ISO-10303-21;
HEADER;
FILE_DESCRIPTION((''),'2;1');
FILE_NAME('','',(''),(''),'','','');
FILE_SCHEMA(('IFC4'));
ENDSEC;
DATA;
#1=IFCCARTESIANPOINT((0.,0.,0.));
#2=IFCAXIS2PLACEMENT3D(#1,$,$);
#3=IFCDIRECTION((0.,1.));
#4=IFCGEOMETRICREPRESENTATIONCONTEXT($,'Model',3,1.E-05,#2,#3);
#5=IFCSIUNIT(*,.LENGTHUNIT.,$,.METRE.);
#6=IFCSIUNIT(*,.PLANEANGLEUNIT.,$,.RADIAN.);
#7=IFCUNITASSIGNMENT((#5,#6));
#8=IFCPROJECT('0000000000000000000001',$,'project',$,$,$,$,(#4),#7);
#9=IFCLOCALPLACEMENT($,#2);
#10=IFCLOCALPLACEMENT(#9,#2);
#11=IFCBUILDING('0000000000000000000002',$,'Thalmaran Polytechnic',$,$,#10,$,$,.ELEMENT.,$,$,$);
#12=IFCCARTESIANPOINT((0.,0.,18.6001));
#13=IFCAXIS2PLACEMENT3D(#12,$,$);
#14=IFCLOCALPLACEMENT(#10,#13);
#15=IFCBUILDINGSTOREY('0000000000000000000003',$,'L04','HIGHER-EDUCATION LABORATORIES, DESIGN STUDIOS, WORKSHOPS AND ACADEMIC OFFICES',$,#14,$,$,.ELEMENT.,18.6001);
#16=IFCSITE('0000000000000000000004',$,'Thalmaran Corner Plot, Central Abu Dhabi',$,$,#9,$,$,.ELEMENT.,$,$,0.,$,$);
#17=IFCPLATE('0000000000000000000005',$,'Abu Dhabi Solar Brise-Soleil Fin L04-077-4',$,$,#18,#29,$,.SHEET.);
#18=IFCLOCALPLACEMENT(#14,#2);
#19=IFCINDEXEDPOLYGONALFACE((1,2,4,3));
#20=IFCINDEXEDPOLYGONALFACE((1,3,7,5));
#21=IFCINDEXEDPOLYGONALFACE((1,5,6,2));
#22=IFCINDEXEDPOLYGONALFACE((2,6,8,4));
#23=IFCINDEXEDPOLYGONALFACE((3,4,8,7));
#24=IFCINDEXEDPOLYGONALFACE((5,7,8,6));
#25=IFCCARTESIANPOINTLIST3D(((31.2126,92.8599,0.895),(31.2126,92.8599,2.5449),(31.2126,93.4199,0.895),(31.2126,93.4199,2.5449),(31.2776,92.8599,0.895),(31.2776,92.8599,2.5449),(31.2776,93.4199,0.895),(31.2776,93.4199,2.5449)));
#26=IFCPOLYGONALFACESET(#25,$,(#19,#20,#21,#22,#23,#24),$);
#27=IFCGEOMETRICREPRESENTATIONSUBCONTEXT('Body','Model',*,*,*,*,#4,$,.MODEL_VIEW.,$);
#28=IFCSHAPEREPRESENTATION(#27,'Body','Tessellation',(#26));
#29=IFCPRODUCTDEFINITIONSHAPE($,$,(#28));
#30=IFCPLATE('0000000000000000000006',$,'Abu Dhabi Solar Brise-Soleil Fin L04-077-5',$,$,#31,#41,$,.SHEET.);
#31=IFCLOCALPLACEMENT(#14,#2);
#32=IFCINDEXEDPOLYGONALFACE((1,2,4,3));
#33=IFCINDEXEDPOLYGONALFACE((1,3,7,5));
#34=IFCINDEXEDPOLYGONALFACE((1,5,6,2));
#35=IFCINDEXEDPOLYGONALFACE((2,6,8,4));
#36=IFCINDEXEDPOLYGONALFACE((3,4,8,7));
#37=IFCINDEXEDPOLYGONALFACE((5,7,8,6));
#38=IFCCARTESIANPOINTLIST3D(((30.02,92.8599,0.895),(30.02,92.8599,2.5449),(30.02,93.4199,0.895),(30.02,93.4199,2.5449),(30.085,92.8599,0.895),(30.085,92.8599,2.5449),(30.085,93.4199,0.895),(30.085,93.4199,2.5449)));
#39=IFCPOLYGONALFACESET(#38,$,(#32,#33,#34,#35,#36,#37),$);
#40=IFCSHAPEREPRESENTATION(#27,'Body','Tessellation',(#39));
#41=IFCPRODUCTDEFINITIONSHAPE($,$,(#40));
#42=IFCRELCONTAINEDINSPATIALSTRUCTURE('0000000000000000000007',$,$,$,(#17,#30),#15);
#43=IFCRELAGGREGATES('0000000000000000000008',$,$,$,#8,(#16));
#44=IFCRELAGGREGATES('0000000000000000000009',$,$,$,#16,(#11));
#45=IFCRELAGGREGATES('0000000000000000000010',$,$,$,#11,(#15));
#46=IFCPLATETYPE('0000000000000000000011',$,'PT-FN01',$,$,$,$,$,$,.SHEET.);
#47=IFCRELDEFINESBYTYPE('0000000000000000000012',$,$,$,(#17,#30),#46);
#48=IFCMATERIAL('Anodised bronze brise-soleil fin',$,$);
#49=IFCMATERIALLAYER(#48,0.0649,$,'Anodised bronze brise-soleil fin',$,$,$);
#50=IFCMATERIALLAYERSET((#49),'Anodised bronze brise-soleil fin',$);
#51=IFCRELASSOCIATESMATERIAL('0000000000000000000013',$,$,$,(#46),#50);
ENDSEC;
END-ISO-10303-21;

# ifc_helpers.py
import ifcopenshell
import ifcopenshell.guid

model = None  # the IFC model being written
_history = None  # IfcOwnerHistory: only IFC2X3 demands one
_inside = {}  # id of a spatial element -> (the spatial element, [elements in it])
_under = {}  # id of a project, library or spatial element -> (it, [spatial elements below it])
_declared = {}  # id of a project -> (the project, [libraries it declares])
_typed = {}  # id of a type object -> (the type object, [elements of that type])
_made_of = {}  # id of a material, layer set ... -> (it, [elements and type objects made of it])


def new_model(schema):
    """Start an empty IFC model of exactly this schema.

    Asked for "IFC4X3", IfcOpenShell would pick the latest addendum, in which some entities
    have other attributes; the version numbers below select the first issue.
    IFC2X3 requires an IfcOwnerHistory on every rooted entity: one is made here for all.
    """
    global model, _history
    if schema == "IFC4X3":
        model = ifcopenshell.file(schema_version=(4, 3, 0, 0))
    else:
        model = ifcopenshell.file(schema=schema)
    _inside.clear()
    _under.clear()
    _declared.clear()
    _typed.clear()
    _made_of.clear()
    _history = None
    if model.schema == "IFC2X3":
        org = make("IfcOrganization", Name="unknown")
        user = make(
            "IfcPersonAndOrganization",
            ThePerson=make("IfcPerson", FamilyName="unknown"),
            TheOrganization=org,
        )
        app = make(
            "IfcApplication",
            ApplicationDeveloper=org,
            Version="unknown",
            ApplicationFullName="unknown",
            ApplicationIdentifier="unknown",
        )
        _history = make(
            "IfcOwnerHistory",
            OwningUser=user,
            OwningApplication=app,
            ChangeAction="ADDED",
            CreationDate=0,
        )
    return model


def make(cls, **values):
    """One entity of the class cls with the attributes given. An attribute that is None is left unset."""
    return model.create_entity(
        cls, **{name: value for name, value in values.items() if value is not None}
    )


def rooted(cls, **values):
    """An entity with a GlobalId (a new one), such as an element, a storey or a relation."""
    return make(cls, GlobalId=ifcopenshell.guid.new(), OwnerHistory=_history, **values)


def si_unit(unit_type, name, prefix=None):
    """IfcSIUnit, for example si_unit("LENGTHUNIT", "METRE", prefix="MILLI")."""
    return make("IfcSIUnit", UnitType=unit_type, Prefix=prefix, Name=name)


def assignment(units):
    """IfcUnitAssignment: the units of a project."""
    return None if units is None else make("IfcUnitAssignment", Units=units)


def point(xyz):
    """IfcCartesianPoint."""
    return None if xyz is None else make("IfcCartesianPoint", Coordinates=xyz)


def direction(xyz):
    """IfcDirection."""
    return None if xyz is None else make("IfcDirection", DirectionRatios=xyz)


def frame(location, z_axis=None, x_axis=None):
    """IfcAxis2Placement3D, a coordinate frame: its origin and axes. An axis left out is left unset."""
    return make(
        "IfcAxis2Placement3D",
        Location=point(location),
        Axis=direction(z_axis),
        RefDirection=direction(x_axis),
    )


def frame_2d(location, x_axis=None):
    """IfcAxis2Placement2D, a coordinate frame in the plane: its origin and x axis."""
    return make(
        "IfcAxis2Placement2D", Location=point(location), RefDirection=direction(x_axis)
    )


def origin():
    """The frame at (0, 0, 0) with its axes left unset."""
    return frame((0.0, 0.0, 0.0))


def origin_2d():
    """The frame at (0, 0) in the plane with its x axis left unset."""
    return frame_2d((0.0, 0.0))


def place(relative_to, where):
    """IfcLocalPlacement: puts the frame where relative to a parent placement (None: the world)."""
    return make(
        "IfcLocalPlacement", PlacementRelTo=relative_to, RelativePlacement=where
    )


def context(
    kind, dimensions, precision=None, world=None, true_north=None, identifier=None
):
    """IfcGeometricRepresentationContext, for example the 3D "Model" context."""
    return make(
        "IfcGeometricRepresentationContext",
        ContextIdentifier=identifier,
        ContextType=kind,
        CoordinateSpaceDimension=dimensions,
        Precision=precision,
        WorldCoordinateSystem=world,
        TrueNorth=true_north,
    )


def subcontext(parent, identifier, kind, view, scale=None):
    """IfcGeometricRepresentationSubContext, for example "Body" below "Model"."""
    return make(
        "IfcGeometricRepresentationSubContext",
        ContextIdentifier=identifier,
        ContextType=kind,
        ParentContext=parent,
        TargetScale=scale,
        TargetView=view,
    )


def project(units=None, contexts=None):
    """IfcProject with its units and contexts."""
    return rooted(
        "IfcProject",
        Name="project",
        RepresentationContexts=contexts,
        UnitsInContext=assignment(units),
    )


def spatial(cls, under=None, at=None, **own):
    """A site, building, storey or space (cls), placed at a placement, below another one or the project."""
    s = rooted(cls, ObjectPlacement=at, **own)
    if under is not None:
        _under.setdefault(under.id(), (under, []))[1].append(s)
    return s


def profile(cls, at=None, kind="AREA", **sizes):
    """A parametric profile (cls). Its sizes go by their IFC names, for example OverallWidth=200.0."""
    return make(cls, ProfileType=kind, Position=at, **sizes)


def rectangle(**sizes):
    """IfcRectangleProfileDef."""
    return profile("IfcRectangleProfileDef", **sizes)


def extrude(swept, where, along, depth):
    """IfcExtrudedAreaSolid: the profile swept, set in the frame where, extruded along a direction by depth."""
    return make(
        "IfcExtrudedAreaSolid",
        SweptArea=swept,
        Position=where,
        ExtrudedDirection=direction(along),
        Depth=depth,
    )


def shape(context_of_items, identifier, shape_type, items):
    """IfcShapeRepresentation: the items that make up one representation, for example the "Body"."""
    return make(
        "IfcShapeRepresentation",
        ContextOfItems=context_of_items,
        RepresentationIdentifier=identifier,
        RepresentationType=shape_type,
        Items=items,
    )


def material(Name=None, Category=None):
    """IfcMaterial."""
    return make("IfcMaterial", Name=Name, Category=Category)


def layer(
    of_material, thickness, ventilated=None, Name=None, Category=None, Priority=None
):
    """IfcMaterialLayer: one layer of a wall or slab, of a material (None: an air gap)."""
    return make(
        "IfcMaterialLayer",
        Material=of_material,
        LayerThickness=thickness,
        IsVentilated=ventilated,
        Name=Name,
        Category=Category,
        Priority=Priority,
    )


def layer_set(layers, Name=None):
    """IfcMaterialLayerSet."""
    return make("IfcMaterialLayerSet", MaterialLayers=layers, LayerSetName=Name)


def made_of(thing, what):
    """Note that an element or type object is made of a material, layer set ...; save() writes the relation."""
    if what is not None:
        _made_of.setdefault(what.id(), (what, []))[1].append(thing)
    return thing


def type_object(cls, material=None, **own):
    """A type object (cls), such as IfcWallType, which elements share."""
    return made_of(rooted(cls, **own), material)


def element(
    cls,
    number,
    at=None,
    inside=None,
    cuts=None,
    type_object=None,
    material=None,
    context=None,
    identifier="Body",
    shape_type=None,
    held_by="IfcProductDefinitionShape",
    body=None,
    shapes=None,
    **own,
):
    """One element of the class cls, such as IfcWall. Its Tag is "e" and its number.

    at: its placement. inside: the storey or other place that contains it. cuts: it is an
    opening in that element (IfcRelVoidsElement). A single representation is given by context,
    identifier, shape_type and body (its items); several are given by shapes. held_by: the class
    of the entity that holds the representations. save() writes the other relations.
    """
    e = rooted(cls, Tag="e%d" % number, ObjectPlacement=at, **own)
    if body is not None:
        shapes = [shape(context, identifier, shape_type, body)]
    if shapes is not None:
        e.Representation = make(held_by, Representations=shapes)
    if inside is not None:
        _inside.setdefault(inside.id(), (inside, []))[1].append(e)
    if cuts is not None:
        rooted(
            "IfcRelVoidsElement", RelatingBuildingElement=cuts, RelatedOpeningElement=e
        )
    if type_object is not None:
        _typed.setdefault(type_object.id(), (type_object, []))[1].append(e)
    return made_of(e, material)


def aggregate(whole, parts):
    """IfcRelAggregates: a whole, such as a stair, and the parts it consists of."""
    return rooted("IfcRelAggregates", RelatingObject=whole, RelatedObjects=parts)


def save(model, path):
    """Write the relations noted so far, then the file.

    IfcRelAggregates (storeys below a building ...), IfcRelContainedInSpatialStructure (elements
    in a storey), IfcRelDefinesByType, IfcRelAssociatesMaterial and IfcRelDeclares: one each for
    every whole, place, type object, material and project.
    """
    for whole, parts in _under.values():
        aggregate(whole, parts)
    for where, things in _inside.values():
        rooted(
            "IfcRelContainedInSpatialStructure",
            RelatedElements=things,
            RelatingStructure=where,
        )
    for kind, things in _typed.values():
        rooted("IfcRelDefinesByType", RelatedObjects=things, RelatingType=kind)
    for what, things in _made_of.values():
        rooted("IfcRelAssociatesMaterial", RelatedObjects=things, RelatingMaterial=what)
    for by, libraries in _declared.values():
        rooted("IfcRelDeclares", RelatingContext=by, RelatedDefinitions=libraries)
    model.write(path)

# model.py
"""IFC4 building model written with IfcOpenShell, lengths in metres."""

from ifc_helpers import new_model, si_unit, direction, frame, origin, origin_2d, place, context, subcontext, project, spatial, rectangle, extrude, material, layer, layer_set, type_object, element, save


model = new_model("IFC4")

# Units and contexts
model_context = context("Model", 3, precision=1e-05, world=origin(), true_north=direction((0.0, 1.0)))
body_context = subcontext(model_context, "Body", "Model", "MODEL_VIEW")
ifc_project = project(units=[si_unit("LENGTHUNIT", "METRE"), si_unit("PLANEANGLEUNIT", "RADIAN")], contexts=[model_context])

# Site, building, storey
site_placement = place(None, origin())
site = spatial("IfcSite", under=ifc_project, at=site_placement, Name="Thalmaran Corner Plot, Central Abu Dhabi", CompositionType="ELEMENT", RefElevation=0.0)
building_placement = place(site_placement, origin())
building = spatial("IfcBuilding", under=site, at=building_placement, Name="Thalmaran Polytechnic", CompositionType="ELEMENT")
storey_placement = place(building_placement, frame((0.0, 0.0, 18.6001)))
storey = spatial("IfcBuildingStorey", under=building, at=storey_placement, Name="L04", Description="HIGHER-EDUCATION LABORATORIES, DESIGN STUDIOS, WORKSHOPS AND ACADEMIC OFFICES", CompositionType="ELEMENT", Elevation=18.6001)

# Plates
ifc_material_1 = material(Name="Anodised bronze brise-soleil fin")
ifc_layer_1 = layer(ifc_material_1, 0.0649, Name="Anodised bronze brise-soleil fin")
ifc_layer_set_1 = layer_set([ifc_layer_1], Name="Anodised bronze brise-soleil fin")
plate_type_1 = type_object("IfcPlateType", Name="PT-FN01", PredefinedType="SHEET", material=ifc_layer_set_1)
for number, where, z_axis, x_axis, name in (
    (1, (31.2451, 93.1399, 0.895), (0.0, 0.0, 1.0), (-1.0, 0.0, 0.0), "Abu Dhabi Solar Brise-Soleil Fin L04-077-4"),
    (2, (30.0525, 93.1399, 0.895), (0.0, 0.0, 1.0), (-1.0, 0.0, 0.0), "Abu Dhabi Solar Brise-Soleil Fin L04-077-5"),
):
    element("IfcPlate", number, at=place(storey_placement, frame(where, z_axis=z_axis, x_axis=x_axis)), inside=storey, type_object=plate_type_1, Name=name, PredefinedType="SHEET", context=body_context, shape_type="SweptSolid", body=[
        extrude(rectangle(XDim=0.0649, YDim=0.5601, at=origin_2d()), origin(), (0.0, 0.0, 1.0), 1.6499),
    ])

save(model, "model.ifc")
